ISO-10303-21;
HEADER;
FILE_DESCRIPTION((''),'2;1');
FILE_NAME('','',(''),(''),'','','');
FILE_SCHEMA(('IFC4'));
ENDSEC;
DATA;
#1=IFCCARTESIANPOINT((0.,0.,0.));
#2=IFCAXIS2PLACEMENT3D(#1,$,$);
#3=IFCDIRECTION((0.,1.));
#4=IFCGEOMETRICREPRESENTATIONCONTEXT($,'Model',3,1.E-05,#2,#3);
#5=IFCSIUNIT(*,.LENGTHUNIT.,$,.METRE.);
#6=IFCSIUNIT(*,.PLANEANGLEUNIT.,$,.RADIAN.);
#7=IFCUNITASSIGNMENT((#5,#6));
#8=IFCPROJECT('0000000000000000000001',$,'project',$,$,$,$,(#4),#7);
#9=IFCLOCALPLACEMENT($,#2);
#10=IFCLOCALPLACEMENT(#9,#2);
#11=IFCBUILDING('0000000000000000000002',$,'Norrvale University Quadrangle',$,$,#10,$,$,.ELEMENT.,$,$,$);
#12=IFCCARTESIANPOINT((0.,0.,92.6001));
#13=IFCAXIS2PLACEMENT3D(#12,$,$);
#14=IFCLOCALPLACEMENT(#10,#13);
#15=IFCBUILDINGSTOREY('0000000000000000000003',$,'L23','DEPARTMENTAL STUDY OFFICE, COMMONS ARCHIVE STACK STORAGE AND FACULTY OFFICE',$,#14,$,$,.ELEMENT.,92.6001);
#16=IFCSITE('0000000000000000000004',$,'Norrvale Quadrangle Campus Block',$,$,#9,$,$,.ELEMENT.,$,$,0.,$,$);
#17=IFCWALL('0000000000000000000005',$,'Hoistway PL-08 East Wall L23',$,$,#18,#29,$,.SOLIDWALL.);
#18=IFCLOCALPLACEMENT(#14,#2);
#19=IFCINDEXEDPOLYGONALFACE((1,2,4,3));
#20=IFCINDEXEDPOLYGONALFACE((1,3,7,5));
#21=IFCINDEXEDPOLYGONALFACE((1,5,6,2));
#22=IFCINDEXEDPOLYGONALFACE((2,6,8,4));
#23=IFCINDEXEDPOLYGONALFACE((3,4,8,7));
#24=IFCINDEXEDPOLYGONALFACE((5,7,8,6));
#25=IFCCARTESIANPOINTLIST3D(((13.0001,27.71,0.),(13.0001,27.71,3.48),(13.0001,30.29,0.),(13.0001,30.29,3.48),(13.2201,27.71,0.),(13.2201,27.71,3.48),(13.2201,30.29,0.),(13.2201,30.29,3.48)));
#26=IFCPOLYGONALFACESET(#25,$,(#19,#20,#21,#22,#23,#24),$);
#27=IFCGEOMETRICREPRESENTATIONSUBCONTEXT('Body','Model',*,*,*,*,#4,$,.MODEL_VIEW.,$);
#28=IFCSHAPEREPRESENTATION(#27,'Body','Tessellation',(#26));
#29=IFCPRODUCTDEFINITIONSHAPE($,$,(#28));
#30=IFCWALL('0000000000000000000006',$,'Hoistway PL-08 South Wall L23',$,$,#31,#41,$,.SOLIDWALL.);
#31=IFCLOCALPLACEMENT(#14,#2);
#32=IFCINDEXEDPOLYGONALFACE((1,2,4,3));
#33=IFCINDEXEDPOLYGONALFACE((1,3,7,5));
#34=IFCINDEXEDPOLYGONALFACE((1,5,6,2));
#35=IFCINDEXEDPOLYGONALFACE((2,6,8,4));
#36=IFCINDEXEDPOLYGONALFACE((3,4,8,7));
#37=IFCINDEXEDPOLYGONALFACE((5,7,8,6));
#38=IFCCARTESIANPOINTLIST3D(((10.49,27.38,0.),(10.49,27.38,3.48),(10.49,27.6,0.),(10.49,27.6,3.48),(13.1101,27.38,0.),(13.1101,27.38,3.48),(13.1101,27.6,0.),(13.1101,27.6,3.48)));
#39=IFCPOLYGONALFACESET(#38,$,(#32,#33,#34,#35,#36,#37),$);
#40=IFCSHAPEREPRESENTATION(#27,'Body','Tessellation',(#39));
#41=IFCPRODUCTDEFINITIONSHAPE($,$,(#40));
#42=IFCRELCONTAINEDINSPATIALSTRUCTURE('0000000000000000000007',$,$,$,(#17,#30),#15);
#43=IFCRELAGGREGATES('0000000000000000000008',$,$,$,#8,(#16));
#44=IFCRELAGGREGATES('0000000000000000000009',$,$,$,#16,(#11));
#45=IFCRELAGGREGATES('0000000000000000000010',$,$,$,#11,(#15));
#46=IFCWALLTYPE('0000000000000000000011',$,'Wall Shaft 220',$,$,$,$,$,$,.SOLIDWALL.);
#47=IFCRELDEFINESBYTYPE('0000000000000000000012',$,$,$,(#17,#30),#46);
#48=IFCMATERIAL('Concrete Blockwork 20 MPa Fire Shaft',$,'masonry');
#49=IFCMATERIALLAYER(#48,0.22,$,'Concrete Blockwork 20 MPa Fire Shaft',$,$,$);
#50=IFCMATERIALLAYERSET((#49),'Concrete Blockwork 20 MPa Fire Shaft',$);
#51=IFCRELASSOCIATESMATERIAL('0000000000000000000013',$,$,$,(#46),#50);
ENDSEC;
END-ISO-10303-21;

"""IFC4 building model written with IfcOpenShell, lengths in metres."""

from ifc_helpers import new_model, si_unit, direction, frame, frame_2d, origin, place, context, subcontext, project, spatial, rectangle, extrude, material, layer, layer_set, type_object, element, save


model = new_model("IFC4")

# Units and contexts
model_context = context("Model", 3, precision=1e-05, world=origin(), true_north=direction((0.0, 1.0)))
body_context = subcontext(model_context, "Body", "Model", "MODEL_VIEW")
ifc_project = project(units=[si_unit("LENGTHUNIT", "METRE"), si_unit("PLANEANGLEUNIT", "RADIAN")], contexts=[model_context])

# Site, building, storey
site_placement = place(None, origin())
site = spatial("IfcSite", under=ifc_project, at=site_placement, Name="Norrvale Quadrangle Campus Block", CompositionType="ELEMENT", RefElevation=0.0)
building_placement = place(site_placement, origin())
building = spatial("IfcBuilding", under=site, at=building_placement, Name="Norrvale University Quadrangle", CompositionType="ELEMENT")
storey_placement = place(building_placement, frame((0.0, 0.0, 92.6001)))
storey = spatial("IfcBuildingStorey", under=building, at=storey_placement, Name="L23", Description="DEPARTMENTAL STUDY OFFICE, COMMONS ARCHIVE STACK STORAGE AND FACULTY OFFICE", CompositionType="ELEMENT", Elevation=92.6001)

# Shared definitions
ifc_material_1 = material(Name="Concrete Blockwork 20 MPa Fire Shaft", Category="masonry")
ifc_layer_1 = layer(ifc_material_1, 0.22, Name="Concrete Blockwork 20 MPa Fire Shaft")
ifc_layer_set_1 = layer_set([ifc_layer_1], Name="Concrete Blockwork 20 MPa Fire Shaft")
wall_type_1 = type_object("IfcWallType", Name="Wall Shaft 220", PredefinedType="SOLIDWALL", material=ifc_layer_set_1)

# Walls
for number, where, z_axis, x_axis, name in (
    (1, (13.1101, 27.71, 0.0), (0.0, 0.0, 1.0), (0.0, 1.0, 0.0), "Hoistway PL-08 East Wall L23"),
):
    element("IfcWall", number, at=place(storey_placement, frame(where, z_axis=z_axis, x_axis=x_axis)), inside=storey, type_object=wall_type_1, Name=name, PredefinedType="SOLIDWALL", context=body_context, shape_type="SweptSolid", body=[
        extrude(rectangle(XDim=2.5801, YDim=0.22, at=frame_2d((1.29, 0.0))), origin(), (0.0, 0.0, 1.0), 3.48),
    ])
wall_1_placement = place(storey_placement, frame((10.49, 27.49, 0.0), z_axis=(0.0, 0.0, 1.0), x_axis=(1.0, 0.0, 0.0)))
element("IfcWall", 2, at=wall_1_placement, inside=storey, type_object=wall_type_1, Name="Hoistway PL-08 South Wall L23", PredefinedType="SOLIDWALL", context=body_context, shape_type="SweptSolid", body=[
    extrude(rectangle(XDim=2.6201, YDim=0.22, at=frame_2d((1.3101, 0.0))), origin(), (0.0, 0.0, 1.0), 3.48),
])

save(model, "model.ifc")
